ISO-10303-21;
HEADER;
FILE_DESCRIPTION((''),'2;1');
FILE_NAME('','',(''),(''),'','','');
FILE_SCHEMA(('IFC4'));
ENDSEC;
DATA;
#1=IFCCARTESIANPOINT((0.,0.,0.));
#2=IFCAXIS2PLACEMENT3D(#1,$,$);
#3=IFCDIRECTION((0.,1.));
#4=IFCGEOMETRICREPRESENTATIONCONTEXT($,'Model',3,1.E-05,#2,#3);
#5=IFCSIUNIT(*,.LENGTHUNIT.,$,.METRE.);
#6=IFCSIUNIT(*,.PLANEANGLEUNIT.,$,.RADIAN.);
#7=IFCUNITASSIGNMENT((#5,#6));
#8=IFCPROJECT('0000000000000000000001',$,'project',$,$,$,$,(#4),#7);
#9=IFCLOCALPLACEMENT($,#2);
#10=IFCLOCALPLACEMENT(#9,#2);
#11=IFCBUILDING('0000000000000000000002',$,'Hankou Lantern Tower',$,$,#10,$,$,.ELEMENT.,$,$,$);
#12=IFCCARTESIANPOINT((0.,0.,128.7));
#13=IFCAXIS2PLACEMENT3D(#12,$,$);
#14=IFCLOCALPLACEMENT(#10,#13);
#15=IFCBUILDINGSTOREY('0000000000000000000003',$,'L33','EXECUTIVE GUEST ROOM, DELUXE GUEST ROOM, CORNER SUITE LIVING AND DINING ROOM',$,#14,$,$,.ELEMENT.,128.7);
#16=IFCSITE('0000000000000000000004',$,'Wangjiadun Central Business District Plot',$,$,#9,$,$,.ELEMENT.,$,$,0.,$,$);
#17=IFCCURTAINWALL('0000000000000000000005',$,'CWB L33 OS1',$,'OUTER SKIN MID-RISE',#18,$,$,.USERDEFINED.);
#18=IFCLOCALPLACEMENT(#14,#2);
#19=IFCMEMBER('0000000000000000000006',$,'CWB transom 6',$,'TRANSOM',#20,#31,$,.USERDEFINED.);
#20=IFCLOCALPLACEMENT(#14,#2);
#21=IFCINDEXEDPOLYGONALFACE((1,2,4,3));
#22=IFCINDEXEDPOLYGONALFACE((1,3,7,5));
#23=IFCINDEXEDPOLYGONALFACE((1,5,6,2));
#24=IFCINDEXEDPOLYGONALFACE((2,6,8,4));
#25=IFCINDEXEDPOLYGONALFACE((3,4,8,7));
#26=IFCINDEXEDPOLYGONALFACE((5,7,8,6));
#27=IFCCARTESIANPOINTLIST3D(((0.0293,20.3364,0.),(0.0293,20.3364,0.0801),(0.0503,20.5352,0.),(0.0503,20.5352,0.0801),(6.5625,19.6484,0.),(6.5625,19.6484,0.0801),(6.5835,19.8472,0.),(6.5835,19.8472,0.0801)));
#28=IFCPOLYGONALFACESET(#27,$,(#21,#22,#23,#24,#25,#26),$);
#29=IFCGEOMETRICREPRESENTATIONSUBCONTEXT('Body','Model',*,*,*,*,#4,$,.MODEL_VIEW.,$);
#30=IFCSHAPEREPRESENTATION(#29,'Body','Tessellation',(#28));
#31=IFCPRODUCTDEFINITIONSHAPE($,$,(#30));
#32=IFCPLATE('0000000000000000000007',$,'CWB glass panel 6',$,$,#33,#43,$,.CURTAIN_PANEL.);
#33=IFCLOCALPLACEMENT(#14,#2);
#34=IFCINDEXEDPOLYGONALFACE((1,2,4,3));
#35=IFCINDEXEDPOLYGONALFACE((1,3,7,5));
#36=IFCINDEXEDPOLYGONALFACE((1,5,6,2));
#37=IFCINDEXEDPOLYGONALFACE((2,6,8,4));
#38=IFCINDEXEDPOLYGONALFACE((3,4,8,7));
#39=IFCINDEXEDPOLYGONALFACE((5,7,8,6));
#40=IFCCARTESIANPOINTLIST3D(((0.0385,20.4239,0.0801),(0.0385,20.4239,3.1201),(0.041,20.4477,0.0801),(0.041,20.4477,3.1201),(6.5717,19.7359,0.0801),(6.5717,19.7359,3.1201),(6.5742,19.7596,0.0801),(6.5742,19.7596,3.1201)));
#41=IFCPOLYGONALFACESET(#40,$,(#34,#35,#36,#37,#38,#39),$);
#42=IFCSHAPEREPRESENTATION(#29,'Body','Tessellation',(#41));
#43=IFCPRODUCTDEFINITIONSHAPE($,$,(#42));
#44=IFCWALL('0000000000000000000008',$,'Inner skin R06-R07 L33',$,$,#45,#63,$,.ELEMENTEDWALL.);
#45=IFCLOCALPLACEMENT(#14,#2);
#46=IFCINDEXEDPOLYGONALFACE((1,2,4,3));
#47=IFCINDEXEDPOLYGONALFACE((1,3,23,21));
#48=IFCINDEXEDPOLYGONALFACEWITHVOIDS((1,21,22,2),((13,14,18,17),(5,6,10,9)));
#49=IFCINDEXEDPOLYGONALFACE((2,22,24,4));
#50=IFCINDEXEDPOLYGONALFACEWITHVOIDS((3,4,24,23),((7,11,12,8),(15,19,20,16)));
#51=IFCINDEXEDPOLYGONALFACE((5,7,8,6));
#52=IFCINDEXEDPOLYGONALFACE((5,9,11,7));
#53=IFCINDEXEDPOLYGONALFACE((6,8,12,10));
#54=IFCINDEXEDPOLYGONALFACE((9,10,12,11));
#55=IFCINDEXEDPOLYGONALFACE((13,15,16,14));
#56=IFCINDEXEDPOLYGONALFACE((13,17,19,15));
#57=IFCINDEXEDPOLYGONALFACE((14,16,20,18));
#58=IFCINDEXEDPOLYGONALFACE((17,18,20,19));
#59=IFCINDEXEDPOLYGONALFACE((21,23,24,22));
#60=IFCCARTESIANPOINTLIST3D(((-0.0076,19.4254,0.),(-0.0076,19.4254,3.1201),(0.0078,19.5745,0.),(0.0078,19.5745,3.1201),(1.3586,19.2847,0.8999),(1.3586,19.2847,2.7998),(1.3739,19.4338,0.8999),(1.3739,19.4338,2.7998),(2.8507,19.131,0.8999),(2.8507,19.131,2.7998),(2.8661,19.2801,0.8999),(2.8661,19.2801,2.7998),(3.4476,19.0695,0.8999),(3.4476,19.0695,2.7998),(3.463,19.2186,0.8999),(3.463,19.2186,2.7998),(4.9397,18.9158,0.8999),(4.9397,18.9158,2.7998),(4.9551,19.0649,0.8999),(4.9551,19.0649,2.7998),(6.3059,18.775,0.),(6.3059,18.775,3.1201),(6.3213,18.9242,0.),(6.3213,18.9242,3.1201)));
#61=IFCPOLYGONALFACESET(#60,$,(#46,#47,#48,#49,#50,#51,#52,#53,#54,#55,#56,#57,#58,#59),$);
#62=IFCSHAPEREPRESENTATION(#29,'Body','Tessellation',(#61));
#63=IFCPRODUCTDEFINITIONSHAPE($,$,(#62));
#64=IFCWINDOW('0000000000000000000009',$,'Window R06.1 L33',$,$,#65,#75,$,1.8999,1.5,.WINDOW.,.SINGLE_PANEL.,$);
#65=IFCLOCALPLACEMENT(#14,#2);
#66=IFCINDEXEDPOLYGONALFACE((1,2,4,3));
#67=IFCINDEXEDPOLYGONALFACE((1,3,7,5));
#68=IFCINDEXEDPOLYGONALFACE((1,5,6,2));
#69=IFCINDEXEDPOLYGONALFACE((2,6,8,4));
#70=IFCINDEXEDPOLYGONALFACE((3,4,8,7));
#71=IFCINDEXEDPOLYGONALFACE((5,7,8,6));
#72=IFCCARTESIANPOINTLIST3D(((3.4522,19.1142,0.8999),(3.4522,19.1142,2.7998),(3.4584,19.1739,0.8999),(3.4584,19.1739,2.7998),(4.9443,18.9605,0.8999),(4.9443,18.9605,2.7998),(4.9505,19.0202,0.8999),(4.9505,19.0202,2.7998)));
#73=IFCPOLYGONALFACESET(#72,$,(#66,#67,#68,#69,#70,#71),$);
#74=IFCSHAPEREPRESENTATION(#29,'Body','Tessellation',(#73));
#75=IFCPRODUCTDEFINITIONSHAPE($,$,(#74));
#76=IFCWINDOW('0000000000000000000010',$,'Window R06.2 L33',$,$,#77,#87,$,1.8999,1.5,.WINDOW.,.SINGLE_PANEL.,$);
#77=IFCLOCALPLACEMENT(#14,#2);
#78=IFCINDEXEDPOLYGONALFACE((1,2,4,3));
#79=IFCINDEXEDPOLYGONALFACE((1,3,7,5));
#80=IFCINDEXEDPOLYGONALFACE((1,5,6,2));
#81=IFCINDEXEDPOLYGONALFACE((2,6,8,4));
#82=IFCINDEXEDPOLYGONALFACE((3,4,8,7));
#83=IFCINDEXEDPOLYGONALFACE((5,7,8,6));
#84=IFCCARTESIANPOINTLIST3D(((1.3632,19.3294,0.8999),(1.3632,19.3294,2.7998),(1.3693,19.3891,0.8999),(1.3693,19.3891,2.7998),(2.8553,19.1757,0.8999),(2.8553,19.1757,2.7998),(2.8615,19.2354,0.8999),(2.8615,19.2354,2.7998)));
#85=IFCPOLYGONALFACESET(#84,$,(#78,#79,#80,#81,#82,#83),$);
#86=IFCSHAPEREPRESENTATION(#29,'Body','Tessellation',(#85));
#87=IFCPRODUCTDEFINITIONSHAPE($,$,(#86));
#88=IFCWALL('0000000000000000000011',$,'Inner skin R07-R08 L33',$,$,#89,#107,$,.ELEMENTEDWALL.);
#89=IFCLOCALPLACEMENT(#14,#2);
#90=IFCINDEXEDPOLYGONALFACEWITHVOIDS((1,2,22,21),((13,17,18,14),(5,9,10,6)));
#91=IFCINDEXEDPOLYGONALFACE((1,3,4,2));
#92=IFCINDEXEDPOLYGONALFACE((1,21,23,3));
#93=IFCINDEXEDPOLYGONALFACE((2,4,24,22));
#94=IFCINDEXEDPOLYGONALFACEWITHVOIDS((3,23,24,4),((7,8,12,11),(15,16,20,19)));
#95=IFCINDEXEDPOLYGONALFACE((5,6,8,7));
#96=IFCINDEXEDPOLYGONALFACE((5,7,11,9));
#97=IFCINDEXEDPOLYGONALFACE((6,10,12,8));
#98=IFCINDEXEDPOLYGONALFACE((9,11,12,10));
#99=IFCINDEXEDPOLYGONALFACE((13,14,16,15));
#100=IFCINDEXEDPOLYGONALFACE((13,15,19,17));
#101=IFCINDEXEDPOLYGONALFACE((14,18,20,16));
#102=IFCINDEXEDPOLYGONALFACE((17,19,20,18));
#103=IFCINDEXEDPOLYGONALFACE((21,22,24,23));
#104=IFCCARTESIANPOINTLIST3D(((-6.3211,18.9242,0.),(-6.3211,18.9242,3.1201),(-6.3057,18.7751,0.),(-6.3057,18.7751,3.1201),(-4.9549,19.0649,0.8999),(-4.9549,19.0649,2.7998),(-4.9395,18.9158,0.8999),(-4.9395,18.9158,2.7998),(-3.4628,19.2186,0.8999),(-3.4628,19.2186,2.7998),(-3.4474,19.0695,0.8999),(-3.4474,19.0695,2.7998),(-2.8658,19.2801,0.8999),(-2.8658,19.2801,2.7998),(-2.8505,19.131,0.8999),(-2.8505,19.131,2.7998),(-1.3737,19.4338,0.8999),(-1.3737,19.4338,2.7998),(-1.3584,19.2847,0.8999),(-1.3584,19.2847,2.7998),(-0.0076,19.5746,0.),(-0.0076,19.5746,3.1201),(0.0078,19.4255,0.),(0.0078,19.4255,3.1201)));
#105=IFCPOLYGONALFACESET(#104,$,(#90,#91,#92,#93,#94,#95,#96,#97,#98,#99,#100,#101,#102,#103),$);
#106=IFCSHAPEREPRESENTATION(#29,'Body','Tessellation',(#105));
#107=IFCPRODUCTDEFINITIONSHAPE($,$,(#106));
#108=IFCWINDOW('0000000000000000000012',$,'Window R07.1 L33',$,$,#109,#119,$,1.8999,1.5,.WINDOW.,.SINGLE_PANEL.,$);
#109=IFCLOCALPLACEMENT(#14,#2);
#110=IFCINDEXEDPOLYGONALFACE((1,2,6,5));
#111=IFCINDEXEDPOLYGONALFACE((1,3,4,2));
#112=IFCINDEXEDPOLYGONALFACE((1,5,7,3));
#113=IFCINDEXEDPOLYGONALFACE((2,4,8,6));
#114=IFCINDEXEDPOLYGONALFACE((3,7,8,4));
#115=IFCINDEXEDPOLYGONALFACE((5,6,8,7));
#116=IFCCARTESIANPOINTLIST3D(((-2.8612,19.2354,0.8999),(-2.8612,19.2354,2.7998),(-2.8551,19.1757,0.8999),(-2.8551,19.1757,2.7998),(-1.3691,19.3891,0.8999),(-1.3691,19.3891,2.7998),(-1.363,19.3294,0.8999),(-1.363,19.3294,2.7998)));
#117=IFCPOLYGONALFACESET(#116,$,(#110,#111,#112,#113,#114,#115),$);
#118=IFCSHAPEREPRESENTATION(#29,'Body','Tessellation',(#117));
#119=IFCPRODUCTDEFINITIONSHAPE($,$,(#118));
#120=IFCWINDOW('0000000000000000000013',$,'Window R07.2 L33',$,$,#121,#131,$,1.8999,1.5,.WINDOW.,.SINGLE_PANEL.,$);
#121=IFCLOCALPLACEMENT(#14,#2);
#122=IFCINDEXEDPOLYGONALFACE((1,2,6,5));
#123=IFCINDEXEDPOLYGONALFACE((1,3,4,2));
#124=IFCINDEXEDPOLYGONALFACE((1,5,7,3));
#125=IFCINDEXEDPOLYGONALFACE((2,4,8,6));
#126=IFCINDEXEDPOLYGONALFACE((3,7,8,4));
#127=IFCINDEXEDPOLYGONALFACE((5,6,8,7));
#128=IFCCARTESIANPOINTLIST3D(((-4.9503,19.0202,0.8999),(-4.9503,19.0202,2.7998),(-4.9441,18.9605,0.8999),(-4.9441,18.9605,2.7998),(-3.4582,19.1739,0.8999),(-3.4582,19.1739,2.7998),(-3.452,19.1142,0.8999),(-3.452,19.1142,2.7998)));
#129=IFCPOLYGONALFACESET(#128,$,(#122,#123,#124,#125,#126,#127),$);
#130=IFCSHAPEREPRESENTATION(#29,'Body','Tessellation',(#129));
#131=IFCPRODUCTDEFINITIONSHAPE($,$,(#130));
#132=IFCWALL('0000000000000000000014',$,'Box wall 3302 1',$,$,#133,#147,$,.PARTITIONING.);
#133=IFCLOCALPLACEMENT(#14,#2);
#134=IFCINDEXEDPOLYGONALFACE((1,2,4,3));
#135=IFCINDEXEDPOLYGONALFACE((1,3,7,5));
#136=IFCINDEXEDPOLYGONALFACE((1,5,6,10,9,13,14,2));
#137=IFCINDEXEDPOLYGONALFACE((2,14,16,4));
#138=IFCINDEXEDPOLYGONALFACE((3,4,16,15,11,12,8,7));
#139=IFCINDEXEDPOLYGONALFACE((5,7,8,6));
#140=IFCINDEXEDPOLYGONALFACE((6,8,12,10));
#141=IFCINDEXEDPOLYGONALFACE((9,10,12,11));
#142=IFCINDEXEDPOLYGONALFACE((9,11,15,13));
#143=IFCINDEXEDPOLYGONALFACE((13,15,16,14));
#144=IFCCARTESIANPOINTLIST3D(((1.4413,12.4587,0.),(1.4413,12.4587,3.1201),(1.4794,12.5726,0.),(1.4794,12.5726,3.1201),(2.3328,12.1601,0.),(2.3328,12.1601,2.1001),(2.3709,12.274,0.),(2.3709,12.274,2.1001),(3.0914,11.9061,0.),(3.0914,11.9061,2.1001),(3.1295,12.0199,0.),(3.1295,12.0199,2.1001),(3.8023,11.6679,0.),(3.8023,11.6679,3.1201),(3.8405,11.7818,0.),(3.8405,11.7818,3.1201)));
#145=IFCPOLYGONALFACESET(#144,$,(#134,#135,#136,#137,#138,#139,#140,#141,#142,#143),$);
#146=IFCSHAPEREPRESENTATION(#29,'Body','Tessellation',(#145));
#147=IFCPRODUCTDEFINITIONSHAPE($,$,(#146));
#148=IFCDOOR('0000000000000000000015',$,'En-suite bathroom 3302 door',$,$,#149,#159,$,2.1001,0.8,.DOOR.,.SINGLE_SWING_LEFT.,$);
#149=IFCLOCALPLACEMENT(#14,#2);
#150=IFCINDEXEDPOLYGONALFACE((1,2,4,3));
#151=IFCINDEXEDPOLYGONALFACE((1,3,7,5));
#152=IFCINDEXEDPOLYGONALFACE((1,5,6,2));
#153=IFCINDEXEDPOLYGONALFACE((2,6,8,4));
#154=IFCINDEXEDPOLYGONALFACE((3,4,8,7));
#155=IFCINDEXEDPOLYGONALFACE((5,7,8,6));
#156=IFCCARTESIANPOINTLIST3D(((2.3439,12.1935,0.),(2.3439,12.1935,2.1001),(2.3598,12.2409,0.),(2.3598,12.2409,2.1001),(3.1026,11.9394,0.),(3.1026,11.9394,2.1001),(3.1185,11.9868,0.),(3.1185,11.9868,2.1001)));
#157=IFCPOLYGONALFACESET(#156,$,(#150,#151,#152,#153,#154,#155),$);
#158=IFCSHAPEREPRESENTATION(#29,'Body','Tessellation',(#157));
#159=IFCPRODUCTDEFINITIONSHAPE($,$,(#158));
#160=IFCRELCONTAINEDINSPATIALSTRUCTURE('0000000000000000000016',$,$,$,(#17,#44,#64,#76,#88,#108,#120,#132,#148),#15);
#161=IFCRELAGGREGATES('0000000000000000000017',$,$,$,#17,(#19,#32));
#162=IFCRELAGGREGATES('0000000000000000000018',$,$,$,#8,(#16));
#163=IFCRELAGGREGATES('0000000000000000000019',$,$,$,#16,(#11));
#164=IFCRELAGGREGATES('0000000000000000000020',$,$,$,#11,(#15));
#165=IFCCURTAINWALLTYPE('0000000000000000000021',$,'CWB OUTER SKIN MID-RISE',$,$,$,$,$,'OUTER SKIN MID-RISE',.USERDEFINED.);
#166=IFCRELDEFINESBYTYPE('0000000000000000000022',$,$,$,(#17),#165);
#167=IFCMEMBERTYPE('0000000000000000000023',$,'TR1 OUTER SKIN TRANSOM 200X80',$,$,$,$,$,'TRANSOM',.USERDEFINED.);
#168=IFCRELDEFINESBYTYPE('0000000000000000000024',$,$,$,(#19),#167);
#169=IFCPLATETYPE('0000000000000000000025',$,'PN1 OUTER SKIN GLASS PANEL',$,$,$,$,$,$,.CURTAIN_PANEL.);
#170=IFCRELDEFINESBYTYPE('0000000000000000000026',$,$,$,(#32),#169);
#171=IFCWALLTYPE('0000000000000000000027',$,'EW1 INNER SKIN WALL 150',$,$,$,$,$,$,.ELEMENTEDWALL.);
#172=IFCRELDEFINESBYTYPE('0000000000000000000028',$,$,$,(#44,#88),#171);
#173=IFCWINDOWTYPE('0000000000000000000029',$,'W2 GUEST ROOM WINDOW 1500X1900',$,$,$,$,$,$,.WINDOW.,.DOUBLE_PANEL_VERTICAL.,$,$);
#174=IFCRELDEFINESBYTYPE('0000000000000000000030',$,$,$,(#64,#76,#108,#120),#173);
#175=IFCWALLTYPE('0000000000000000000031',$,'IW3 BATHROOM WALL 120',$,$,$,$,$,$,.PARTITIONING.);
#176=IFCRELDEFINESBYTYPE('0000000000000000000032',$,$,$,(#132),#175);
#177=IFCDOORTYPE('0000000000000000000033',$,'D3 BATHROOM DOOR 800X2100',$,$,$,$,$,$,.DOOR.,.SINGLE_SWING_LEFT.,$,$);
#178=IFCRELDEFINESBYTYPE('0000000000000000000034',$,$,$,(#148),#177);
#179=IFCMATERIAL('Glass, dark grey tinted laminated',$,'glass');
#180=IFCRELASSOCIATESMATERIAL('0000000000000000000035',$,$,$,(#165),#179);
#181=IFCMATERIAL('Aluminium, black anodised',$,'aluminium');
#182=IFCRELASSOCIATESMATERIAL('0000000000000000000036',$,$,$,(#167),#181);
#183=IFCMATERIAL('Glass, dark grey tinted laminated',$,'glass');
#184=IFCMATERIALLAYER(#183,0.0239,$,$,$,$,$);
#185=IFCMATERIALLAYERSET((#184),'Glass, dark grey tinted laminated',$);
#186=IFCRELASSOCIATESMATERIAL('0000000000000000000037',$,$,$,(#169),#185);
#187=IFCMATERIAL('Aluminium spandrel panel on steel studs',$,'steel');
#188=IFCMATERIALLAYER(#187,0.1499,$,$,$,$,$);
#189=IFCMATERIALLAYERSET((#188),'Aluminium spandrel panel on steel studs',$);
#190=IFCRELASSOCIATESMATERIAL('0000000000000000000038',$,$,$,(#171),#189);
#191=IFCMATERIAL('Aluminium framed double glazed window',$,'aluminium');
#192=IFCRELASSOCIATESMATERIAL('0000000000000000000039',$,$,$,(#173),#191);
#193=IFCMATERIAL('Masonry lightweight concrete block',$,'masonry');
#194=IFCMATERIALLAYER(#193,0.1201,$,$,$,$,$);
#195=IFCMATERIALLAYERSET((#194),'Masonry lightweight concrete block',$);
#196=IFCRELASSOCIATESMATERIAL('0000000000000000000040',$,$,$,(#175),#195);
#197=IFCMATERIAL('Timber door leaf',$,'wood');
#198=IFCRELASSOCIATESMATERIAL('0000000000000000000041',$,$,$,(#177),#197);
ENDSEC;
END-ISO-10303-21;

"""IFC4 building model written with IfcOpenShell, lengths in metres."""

from ifc_helpers import new_model, si_unit, direction, frame, frame_2d, origin, origin_2d, place, context, subcontext, project, spatial, rectangle, extrude, material, layer, layer_set, material_profile, profile_set, type_object, element, fill, aggregate, save


model = new_model("IFC4")

# Units and contexts
model_context = context("Model", 3, precision=1e-05, world=origin(), true_north=direction((0.0, 1.0)))
body_context = subcontext(model_context, "Body", "Model", "MODEL_VIEW")
ifc_project = project(units=[si_unit("LENGTHUNIT", "METRE"), si_unit("PLANEANGLEUNIT", "RADIAN")], contexts=[model_context])

# Site, building, storey
site_placement = place(None, origin())
site = spatial("IfcSite", under=ifc_project, at=site_placement, Name="Wangjiadun Central Business District Plot", CompositionType="ELEMENT", RefElevation=0.0)
building_placement = place(site_placement, origin())
building = spatial("IfcBuilding", under=site, at=building_placement, Name="Hankou Lantern Tower", CompositionType="ELEMENT")
storey_placement = place(building_placement, frame((0.0, 0.0, 128.7)))
storey = spatial("IfcBuildingStorey", under=building, at=storey_placement, Name="L33", Description="EXECUTIVE GUEST ROOM, DELUXE GUEST ROOM, CORNER SUITE LIVING AND DINING ROOM", CompositionType="ELEMENT", Elevation=128.7)

# Curtain wall
ifc_material_1 = material(Name="Glass, dark grey tinted laminated", Category="glass")
curtain_wall_type = type_object("IfcCurtainWallType", Name="CWB OUTER SKIN MID-RISE", ElementType="OUTER SKIN MID-RISE", PredefinedType="USERDEFINED", material=ifc_material_1)
curtain_wall_1_placement = place(storey_placement, origin())
curtain_wall_1 = element("IfcCurtainWall", 1, at=curtain_wall_1_placement, inside=storey, type_object=curtain_wall_type, Name="CWB L33 OS1", ObjectType="OUTER SKIN MID-RISE", PredefinedType="USERDEFINED")

# Member
ifc_material_2 = material(Name="Aluminium, black anodised", Category="aluminium")
ifc_material_profile_1 = material_profile(ifc_material_2, rectangle(XDim=0.2, YDim=0.0801, at=origin_2d()), Name="TR1 200X80")
ifc_profile_set_1 = profile_set([ifc_material_profile_1], Name="Aluminium, black anodised")
member_type_1 = type_object("IfcMemberType", Name="TR1 OUTER SKIN TRANSOM 200X80", ElementType="TRANSOM", PredefinedType="USERDEFINED", material=ifc_profile_set_1)
member_1_placement = place(storey_placement, frame((6.573, 19.7478, 0.04), z_axis=(-0.994501, 0.104727, 0.0), x_axis=(-0.104727, -0.994501, 0.0)))
member_1 = element("IfcMember", 2, at=member_1_placement, type_object=member_type_1, Name="CWB transom 6", ObjectType="TRANSOM", PredefinedType="USERDEFINED", context=body_context, shape_type="SweptSolid", body=[
    extrude(rectangle(XDim=0.2, YDim=0.0801, at=origin_2d()), origin(), (0.0, 0.0, 1.0), 6.5693),
])

# Plate
ifc_material_3 = material(Name="Glass, dark grey tinted laminated", Category="glass")
ifc_layer_1 = layer(ifc_material_3, 0.0239)
ifc_layer_set_1 = layer_set([ifc_layer_1], Name="Glass, dark grey tinted laminated")
plate_type = type_object("IfcPlateType", Name="PN1 OUTER SKIN GLASS PANEL", PredefinedType="CURTAIN_PANEL", material=ifc_layer_set_1)
plate_placement = place(storey_placement, frame((3.3064, 20.0918, 0.0801), z_axis=(0.0, 0.0, 1.0), x_axis=(-0.994499, 0.104743, 0.0)))
plate = element("IfcPlate", 3, at=plate_placement, type_object=plate_type, Name="CWB glass panel 6", PredefinedType="CURTAIN_PANEL", context=body_context, shape_type="SweptSolid", body=[
    extrude(rectangle(XDim=6.5693, YDim=0.0239, at=origin_2d()), origin(), (0.0, 0.0, 1.0), 3.04),
])
aggregate(curtain_wall_1, [member_1, plate])

# Walls, openings, windows
ifc_material_4 = material(Name="Aluminium spandrel panel on steel studs", Category="steel")
ifc_layer_2 = layer(ifc_material_4, 0.1499)
ifc_layer_set_2 = layer_set([ifc_layer_2], Name="Aluminium spandrel panel on steel studs")
wall_type_1 = type_object("IfcWallType", Name="EW1 INNER SKIN WALL 150", PredefinedType="ELEMENTEDWALL", material=ifc_layer_set_2)
wall_1_placement = place(storey_placement, frame((6.3135, 18.8496, 0.0), z_axis=(0.0, 0.0, 1.0), x_axis=(-0.994736, 0.102474, 0.0)))
wall_1 = element("IfcWall", 4, at=wall_1_placement, inside=storey, type_object=wall_type_1, Name="Inner skin R06-R07 L33", PredefinedType="ELEMENTEDWALL", context=body_context, shape_type="SweptSolid", body=[
    extrude(rectangle(XDim=6.3469, YDim=0.1499, at=frame_2d((3.1733, 0.0))), origin(), (0.0, 0.0, 1.0), 3.1201),
])
opening_1_placement = place(wall_1_placement, frame((1.3733, 0.0, 0.8999)))
opening_1 = element("IfcOpeningElement", 5, at=opening_1_placement, cuts=wall_1, PredefinedType="OPENING", context=body_context, shape_type="SweptSolid", body=[
    extrude(rectangle(XDim=1.5, YDim=1.8999, at=frame_2d((0.75, 0.95))), frame((0.0, 0.085, 0.0), z_axis=(0.0, -1.0, 0.0), x_axis=(1.0, 0.0, 0.0)), (0.0, 0.0, 1.0), 0.1699),
])
opening_2_placement = place(wall_1_placement, frame((3.4734, 0.0, 0.8999)))
opening_2 = element("IfcOpeningElement", 6, at=opening_2_placement, cuts=wall_1, PredefinedType="OPENING", context=body_context, shape_type="SweptSolid", body=[
    extrude(rectangle(XDim=1.5, YDim=1.8999, at=frame_2d((0.75, 0.95))), frame((0.0, 0.085, 0.0), z_axis=(0.0, -1.0, 0.0), x_axis=(1.0, 0.0, 0.0)), (0.0, 0.0, 1.0), 0.1699),
])
ifc_material_5 = material(Name="Aluminium framed double glazed window", Category="aluminium")
window_type = type_object("IfcWindowType", Name="W2 GUEST ROOM WINDOW 1500X1900", PartitioningType="DOUBLE_PANEL_VERTICAL", PredefinedType="WINDOW", material=ifc_material_5)
window_1_placement = place(opening_1_placement, origin())
window_1 = element("IfcWindow", 7, at=window_1_placement, inside=storey, type_object=window_type, Name="Window R06.1 L33", OverallHeight=1.8999, OverallWidth=1.5, PartitioningType="SINGLE_PANEL", PredefinedType="WINDOW", context=body_context, shape_type="SweptSolid", body=[
    extrude(rectangle(XDim=1.5, YDim=1.8999, at=frame_2d((0.75, 0.95))), frame((0.0, 0.03, 0.0), z_axis=(0.0, -1.0, 0.0), x_axis=(1.0, 0.0, 0.0)), (0.0, 0.0, 1.0), 0.0601),
])
fill(opening_1, window_1)
window_2_placement = place(opening_2_placement, origin())
window_2 = element("IfcWindow", 8, at=window_2_placement, inside=storey, type_object=window_type, Name="Window R06.2 L33", OverallHeight=1.8999, OverallWidth=1.5, PartitioningType="SINGLE_PANEL", PredefinedType="WINDOW", context=body_context, shape_type="SweptSolid", body=[
    extrude(rectangle(XDim=1.5, YDim=1.8999, at=frame_2d((0.75, 0.95))), frame((0.0, 0.03, 0.0), z_axis=(0.0, -1.0, 0.0), x_axis=(1.0, 0.0, 0.0)), (0.0, 0.0, 1.0), 0.0601),
])
fill(opening_2, window_2)
wall_2_placement = place(storey_placement, frame((0.0, 19.5, 0.0), z_axis=(0.0, 0.0, 1.0), x_axis=(-0.994736, -0.102474, 0.0)))
wall_2 = element("IfcWall", 9, at=wall_2_placement, inside=storey, type_object=wall_type_1, Name="Inner skin R07-R08 L33", PredefinedType="ELEMENTEDWALL", context=body_context, shape_type="SweptSolid", body=[
    extrude(rectangle(XDim=6.3469, YDim=0.1499, at=frame_2d((3.1733, 0.0))), origin(), (0.0, 0.0, 1.0), 3.1201),
])
opening_3_placement = place(wall_2_placement, frame((1.3733, 0.0, 0.8999)))
opening_3 = element("IfcOpeningElement", 10, at=opening_3_placement, cuts=wall_2, PredefinedType="OPENING", context=body_context, shape_type="SweptSolid", body=[
    extrude(rectangle(XDim=1.5, YDim=1.8999, at=frame_2d((0.75, 0.95))), frame((0.0, 0.085, 0.0), z_axis=(0.0, -1.0, 0.0), x_axis=(1.0, 0.0, 0.0)), (0.0, 0.0, 1.0), 0.1699),
])
opening_4_placement = place(wall_2_placement, frame((3.4734, 0.0, 0.8999)))
opening_4 = element("IfcOpeningElement", 11, at=opening_4_placement, cuts=wall_2, PredefinedType="OPENING", context=body_context, shape_type="SweptSolid", body=[
    extrude(rectangle(XDim=1.5, YDim=1.8999, at=frame_2d((0.75, 0.95))), frame((0.0, 0.085, 0.0), z_axis=(0.0, -1.0, 0.0), x_axis=(1.0, 0.0, 0.0)), (0.0, 0.0, 1.0), 0.1699),
])
window_3_placement = place(opening_3_placement, origin())
window_3 = element("IfcWindow", 12, at=window_3_placement, inside=storey, type_object=window_type, Name="Window R07.1 L33", OverallHeight=1.8999, OverallWidth=1.5, PartitioningType="SINGLE_PANEL", PredefinedType="WINDOW", context=body_context, shape_type="SweptSolid", body=[
    extrude(rectangle(XDim=1.5, YDim=1.8999, at=frame_2d((0.75, 0.95))), frame((0.0, 0.03, 0.0), z_axis=(0.0, -1.0, 0.0), x_axis=(1.0, 0.0, 0.0)), (0.0, 0.0, 1.0), 0.0601),
])
fill(opening_3, window_3)
window_4_placement = place(opening_4_placement, origin())
window_4 = element("IfcWindow", 13, at=window_4_placement, inside=storey, type_object=window_type, Name="Window R07.2 L33", OverallHeight=1.8999, OverallWidth=1.5, PartitioningType="SINGLE_PANEL", PredefinedType="WINDOW", context=body_context, shape_type="SweptSolid", body=[
    extrude(rectangle(XDim=1.5, YDim=1.8999, at=frame_2d((0.75, 0.95))), frame((0.0, 0.03, 0.0), z_axis=(0.0, -1.0, 0.0), x_axis=(1.0, 0.0, 0.0)), (0.0, 0.0, 1.0), 0.0601),
])
fill(opening_4, window_4)

# Wall, opening, door
ifc_material_6 = material(Name="Masonry lightweight concrete block", Category="masonry")
ifc_layer_3 = layer(ifc_material_6, 0.1201)
ifc_layer_set_3 = layer_set([ifc_layer_3], Name="Masonry lightweight concrete block")
wall_type_2 = type_object("IfcWallType", Name="IW3 BATHROOM WALL 120", PredefinedType="PARTITIONING", material=ifc_layer_set_3)
wall_3_placement = place(storey_placement, frame((3.8215, 11.7249, 0.0), z_axis=(0.0, 0.0, 1.0), x_axis=(-0.948231, 0.317581, 0.0)))
wall_3 = element("IfcWall", 14, at=wall_3_placement, inside=storey, type_object=wall_type_2, Name="Box wall 3302 1", PredefinedType="PARTITIONING", context=body_context, shape_type="SweptSolid", body=[
    extrude(rectangle(XDim=2.49, YDim=0.1201, at=frame_2d((1.2451, 0.0))), origin(), (0.0, 0.0, 1.0), 3.1201),
])
opening_5_placement = place(wall_3_placement, frame((0.75, 0.0, 0.0)))
opening_5 = element("IfcOpeningElement", 15, at=opening_5_placement, cuts=wall_3, PredefinedType="OPENING", context=body_context, shape_type="SweptSolid", body=[
    extrude(rectangle(XDim=0.8, YDim=2.1001, at=frame_2d((0.3999, 1.05))), frame((0.0, 0.0701, 0.0), z_axis=(0.0, -1.0, 0.0), x_axis=(1.0, 0.0, 0.0)), (0.0, 0.0, 1.0), 0.1401),
])
ifc_material_7 = material(Name="Timber door leaf", Category="wood")
door_type = type_object("IfcDoorType", Name="D3 BATHROOM DOOR 800X2100", OperationType="SINGLE_SWING_LEFT", PredefinedType="DOOR", material=ifc_material_7)
door_placement = place(opening_5_placement, origin())
door = element("IfcDoor", 16, at=door_placement, inside=storey, type_object=door_type, Name="En-suite bathroom 3302 door", OperationType="SINGLE_SWING_LEFT", OverallHeight=2.1001, OverallWidth=0.8, PredefinedType="DOOR", context=body_context, shape_type="SweptSolid", body=[
    extrude(rectangle(XDim=0.8, YDim=2.1001, at=frame_2d((0.3999, 1.05))), frame((0.0, 0.0249, 0.0), z_axis=(0.0, -1.0, 0.0), x_axis=(1.0, 0.0, 0.0)), (0.0, 0.0, 1.0), 0.05),
])
fill(opening_5, door)

save(model, "model.ifc")
